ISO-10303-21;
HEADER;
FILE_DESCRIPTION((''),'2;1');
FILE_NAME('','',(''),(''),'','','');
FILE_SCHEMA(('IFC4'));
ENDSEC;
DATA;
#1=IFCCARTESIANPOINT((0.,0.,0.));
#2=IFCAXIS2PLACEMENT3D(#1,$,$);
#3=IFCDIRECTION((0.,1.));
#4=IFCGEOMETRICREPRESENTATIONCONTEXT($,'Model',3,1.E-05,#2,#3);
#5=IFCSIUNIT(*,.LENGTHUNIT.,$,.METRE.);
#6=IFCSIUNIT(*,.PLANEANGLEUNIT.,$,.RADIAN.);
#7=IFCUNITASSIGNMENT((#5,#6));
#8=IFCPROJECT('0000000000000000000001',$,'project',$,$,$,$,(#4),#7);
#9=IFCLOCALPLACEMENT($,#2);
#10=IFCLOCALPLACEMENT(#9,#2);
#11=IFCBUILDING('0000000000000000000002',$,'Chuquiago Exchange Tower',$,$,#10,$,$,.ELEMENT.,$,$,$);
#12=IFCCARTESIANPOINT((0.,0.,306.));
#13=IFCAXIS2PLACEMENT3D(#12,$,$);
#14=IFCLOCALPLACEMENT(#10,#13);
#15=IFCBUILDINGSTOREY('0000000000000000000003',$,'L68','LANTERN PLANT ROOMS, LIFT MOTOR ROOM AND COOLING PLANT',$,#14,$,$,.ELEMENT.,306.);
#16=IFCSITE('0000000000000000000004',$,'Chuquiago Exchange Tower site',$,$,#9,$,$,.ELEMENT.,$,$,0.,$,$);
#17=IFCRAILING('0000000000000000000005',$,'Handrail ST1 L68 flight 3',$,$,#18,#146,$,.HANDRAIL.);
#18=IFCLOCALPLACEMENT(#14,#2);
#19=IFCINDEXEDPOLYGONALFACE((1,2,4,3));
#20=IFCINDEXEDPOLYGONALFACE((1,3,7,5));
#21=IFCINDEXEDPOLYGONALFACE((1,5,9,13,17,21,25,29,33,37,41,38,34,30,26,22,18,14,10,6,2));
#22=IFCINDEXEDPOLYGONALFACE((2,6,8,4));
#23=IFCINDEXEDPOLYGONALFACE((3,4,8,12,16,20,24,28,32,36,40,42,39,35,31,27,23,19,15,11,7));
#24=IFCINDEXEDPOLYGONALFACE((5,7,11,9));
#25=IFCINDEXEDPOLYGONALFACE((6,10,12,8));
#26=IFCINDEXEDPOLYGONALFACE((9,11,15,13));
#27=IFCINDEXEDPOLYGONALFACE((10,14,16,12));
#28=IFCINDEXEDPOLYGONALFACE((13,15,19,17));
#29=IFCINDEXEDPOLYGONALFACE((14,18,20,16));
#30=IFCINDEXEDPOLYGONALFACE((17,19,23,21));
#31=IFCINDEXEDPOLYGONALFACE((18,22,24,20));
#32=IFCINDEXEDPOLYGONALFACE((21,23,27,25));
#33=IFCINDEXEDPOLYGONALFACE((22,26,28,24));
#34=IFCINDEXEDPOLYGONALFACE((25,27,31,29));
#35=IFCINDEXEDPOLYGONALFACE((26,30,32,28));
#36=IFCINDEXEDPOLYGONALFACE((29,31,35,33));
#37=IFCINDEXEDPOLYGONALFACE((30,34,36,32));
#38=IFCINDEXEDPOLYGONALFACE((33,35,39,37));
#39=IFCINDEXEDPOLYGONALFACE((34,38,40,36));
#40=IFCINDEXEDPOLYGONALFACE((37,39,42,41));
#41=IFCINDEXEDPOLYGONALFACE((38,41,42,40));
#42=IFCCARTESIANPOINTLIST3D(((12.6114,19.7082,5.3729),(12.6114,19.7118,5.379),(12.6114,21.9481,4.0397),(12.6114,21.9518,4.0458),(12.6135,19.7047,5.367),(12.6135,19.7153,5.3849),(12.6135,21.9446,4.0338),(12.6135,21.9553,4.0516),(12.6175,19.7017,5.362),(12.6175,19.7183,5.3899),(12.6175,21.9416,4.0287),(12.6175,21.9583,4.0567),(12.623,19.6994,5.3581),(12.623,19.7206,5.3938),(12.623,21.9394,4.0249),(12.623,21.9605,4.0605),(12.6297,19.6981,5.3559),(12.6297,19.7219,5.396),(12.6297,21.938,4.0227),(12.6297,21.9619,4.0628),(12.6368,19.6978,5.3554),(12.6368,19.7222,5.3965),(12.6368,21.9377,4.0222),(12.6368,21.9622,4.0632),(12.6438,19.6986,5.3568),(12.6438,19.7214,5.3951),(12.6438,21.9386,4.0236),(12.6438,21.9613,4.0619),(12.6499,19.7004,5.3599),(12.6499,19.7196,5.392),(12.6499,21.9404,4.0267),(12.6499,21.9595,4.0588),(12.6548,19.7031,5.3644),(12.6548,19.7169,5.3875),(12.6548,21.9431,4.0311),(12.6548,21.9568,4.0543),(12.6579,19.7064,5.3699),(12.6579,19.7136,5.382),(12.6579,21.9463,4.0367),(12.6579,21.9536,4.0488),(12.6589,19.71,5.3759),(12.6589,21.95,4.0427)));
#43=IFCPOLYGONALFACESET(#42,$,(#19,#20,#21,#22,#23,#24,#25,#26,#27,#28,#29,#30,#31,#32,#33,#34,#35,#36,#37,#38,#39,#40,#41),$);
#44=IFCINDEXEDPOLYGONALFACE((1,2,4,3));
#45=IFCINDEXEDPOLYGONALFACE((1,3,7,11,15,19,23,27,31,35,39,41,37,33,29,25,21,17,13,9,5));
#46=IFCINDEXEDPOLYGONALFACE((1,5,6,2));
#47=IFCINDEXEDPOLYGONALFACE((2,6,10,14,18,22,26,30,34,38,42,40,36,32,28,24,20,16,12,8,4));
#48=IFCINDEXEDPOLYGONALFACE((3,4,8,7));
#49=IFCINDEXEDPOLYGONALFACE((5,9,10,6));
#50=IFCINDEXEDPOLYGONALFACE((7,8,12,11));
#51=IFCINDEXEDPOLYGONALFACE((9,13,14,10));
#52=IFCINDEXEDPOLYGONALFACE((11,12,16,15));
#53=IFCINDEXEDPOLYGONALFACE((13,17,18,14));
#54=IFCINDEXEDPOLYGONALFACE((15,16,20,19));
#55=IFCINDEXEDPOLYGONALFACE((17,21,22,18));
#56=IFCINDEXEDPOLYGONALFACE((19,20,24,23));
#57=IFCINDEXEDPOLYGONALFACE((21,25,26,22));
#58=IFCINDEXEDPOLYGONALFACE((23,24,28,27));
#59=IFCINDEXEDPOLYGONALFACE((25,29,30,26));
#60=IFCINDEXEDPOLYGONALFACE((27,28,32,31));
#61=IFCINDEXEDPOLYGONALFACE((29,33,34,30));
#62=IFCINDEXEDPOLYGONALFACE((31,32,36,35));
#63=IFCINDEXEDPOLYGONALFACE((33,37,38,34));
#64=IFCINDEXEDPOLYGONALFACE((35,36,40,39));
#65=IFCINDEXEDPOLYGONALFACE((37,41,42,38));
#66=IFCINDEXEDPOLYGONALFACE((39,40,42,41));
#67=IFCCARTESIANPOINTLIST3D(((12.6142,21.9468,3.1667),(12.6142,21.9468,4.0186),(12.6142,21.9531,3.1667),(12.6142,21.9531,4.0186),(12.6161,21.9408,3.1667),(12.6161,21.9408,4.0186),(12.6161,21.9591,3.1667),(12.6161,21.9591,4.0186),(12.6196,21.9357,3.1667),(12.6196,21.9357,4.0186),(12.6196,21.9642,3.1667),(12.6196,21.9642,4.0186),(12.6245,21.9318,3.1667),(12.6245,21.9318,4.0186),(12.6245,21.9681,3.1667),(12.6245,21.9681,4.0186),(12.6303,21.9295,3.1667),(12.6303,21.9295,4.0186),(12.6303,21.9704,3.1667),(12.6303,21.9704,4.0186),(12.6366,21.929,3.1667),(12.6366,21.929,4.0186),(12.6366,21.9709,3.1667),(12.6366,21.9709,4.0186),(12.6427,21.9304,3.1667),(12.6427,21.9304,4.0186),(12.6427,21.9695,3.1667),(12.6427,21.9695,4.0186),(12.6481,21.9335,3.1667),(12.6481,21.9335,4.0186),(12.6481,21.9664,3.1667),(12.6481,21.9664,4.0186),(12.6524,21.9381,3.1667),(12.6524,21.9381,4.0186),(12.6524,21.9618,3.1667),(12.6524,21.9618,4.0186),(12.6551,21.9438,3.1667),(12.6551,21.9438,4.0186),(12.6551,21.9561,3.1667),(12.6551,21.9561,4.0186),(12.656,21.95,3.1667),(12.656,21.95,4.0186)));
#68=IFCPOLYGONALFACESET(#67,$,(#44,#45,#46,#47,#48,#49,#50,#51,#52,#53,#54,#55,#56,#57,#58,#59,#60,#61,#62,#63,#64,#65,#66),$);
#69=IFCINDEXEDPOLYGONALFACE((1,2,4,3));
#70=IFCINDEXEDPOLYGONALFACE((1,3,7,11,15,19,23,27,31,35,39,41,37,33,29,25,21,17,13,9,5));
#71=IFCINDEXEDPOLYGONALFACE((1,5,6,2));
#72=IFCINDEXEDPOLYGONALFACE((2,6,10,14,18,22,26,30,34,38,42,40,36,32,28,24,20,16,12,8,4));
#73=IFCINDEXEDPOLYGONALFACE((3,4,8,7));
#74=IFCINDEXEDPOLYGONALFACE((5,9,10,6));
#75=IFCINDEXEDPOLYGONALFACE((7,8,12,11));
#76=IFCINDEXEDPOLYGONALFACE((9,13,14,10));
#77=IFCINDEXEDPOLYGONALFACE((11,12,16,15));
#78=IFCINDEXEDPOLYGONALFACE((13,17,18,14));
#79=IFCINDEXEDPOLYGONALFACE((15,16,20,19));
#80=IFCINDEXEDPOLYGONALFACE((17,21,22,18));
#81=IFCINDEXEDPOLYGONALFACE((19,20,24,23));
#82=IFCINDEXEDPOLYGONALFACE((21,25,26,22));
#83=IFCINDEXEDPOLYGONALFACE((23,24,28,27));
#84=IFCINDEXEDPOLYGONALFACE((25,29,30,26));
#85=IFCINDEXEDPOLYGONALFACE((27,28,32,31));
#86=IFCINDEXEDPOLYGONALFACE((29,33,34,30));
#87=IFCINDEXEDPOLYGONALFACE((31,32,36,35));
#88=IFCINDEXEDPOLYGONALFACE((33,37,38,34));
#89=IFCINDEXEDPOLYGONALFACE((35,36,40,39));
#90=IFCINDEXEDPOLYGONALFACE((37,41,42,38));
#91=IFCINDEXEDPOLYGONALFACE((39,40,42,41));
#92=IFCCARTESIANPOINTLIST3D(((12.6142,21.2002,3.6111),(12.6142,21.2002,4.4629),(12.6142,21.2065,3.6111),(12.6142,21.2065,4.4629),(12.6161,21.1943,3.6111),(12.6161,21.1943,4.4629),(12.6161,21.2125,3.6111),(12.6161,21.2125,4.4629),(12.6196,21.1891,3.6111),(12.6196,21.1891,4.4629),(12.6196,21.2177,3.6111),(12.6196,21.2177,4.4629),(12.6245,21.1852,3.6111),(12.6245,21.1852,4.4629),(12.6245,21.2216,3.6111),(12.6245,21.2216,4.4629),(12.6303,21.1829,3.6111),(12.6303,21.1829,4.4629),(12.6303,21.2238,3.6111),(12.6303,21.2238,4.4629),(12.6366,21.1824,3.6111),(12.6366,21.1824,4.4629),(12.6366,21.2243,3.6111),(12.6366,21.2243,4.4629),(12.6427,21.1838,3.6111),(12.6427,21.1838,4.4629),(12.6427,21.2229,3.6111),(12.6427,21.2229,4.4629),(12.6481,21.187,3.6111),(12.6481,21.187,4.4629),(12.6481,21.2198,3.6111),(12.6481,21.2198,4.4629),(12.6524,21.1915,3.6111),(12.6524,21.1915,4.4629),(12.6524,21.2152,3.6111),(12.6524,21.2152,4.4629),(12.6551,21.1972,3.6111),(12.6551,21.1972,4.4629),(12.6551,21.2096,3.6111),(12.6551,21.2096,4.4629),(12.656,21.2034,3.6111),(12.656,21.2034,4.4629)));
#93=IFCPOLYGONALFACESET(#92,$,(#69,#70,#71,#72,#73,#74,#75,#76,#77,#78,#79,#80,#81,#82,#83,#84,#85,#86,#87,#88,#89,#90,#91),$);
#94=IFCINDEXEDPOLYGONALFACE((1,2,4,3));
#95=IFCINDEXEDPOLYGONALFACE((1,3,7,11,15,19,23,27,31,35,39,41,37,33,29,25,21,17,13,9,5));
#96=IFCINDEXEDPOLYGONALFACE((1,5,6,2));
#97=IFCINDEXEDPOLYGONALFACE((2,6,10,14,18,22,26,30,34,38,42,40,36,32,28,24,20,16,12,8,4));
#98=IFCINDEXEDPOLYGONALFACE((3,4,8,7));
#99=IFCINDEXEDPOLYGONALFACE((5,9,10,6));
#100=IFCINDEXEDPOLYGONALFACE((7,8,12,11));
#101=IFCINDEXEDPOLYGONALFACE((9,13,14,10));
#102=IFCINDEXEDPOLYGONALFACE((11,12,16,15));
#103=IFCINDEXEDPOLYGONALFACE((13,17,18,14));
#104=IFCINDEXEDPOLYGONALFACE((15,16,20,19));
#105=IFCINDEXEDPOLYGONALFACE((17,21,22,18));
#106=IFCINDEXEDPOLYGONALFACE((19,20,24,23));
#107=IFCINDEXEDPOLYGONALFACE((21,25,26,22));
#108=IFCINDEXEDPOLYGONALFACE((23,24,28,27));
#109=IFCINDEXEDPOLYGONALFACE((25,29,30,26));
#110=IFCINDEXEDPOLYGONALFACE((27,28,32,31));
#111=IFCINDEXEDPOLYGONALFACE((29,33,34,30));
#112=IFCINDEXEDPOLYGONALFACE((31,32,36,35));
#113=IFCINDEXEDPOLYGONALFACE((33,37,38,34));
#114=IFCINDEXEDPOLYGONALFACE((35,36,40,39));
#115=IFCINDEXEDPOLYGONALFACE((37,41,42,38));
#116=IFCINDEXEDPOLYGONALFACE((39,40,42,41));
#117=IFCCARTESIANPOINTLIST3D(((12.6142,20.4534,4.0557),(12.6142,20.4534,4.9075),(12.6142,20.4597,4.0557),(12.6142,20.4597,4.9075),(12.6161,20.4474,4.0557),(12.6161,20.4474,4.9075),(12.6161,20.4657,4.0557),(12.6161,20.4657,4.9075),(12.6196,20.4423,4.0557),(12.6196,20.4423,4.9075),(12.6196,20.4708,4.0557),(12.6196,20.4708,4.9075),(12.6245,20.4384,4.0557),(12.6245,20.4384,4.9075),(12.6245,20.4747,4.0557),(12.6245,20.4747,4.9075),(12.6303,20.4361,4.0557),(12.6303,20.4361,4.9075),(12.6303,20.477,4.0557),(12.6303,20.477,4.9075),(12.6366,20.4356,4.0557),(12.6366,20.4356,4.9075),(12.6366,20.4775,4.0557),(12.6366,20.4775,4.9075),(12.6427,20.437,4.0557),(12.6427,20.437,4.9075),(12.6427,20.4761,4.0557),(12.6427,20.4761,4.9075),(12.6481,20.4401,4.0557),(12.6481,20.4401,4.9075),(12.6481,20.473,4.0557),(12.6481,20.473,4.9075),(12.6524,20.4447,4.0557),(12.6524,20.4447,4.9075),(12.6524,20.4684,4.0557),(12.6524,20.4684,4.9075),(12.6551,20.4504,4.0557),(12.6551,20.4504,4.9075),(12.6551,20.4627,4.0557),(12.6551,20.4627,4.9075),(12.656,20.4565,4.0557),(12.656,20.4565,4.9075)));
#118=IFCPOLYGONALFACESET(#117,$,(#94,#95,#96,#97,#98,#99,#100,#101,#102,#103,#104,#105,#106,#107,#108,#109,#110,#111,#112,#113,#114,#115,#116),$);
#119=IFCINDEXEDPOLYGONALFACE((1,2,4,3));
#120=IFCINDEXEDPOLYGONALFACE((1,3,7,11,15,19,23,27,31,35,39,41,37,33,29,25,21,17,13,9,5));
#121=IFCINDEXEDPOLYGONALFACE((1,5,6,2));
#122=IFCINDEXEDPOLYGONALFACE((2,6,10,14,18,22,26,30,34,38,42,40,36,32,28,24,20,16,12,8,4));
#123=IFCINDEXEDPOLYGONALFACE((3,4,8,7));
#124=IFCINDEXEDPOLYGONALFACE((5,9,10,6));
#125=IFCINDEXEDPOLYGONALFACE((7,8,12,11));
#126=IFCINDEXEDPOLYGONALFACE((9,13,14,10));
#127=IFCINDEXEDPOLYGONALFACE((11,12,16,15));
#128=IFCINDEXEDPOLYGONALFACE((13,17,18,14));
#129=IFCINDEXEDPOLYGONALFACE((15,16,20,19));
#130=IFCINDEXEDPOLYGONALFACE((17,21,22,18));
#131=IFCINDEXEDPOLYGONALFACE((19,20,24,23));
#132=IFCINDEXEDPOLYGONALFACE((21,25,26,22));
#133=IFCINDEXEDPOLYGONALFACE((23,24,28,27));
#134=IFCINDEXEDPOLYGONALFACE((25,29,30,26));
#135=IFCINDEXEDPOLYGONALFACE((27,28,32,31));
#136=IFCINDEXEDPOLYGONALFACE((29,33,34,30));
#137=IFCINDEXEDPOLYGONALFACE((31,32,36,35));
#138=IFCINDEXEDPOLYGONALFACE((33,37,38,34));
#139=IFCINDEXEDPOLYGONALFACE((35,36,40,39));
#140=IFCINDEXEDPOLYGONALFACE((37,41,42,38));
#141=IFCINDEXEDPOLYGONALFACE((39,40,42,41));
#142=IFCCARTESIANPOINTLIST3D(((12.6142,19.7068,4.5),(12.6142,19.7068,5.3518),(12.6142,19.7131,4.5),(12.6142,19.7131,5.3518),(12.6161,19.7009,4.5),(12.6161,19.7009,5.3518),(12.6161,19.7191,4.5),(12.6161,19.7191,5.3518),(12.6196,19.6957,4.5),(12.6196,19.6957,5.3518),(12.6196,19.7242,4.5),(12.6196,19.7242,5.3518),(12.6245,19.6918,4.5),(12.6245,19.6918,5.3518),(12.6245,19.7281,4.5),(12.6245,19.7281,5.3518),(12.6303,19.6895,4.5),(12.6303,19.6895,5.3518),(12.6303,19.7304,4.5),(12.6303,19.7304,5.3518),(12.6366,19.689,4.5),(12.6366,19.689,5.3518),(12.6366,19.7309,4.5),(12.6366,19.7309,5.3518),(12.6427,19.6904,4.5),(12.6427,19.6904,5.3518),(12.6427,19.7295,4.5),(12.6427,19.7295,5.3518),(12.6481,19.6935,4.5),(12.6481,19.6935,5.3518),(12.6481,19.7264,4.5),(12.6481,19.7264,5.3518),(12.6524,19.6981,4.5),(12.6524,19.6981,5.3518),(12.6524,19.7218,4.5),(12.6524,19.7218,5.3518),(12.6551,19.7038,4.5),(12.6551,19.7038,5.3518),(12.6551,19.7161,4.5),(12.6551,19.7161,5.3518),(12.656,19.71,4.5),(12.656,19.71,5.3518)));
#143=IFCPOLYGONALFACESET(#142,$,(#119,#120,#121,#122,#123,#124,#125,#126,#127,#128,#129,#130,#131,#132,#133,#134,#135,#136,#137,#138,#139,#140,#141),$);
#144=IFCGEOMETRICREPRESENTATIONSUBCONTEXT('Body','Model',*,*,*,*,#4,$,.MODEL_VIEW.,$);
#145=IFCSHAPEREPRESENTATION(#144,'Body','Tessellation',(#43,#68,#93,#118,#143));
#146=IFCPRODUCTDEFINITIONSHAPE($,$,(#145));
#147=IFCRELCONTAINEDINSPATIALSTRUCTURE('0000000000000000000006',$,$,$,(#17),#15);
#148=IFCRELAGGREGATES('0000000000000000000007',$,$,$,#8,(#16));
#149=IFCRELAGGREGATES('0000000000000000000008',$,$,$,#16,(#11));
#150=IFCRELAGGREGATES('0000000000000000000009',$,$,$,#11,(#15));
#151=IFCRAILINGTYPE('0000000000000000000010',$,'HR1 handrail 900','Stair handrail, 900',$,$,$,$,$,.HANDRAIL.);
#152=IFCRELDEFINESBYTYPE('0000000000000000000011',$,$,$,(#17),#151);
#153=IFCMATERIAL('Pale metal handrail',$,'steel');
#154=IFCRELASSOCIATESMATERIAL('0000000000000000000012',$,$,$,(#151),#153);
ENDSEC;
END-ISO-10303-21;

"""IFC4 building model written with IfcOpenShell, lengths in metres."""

from ifc_helpers import new_model, si_unit, direction, frame, origin, origin_2d, place, context, subcontext, project, spatial, circle, extrude, material, type_object, element, save


model = new_model("IFC4")

# Units and contexts
model_context = context("Model", 3, precision=1e-05, world=origin(), true_north=direction((0.0, 1.0)))
body_context = subcontext(model_context, "Body", "Model", "MODEL_VIEW")
ifc_project = project(units=[si_unit("LENGTHUNIT", "METRE"), si_unit("PLANEANGLEUNIT", "RADIAN")], contexts=[model_context])

# Site, building, storey
site_placement = place(None, origin())
site = spatial("IfcSite", under=ifc_project, at=site_placement, Name="Chuquiago Exchange Tower site", CompositionType="ELEMENT", RefElevation=0.0)
building_placement = place(site_placement, origin())
building = spatial("IfcBuilding", under=site, at=building_placement, Name="Chuquiago Exchange Tower", CompositionType="ELEMENT")
storey_placement = place(building_placement, frame((0.0, 0.0, 306.0)))
storey = spatial("IfcBuildingStorey", under=building, at=storey_placement, Name="L68", Description="LANTERN PLANT ROOMS, LIFT MOTOR ROOM AND COOLING PLANT", CompositionType="ELEMENT", Elevation=306.0)

# Railing
ifc_material_1 = material(Name="Pale metal handrail", Category="steel")
railing_type = type_object("IfcRailingType", Name="HR1 handrail 900", Description="Stair handrail, 900", PredefinedType="HANDRAIL", material=ifc_material_1)
for number, where, name in (
    (1, (12.635, 21.95, 3.1667), "Handrail ST1 L68 flight 3"),
):
    element("IfcRailing", number, at=place(storey_placement, frame(where)), inside=storey, type_object=railing_type, Name=name, PredefinedType="HANDRAIL", context=body_context, shape_type="SweptSolid", body=[
        extrude(circle(Radius=0.0239, at=origin_2d()), frame((0.0, 0.0, 0.876), z_axis=(0.0, -0.859306, 0.511462), x_axis=(1.0, 0.0, 0.0)), (0.0, 0.0, 1.0), 2.6067),
        extrude(circle(Radius=0.021, at=origin_2d()), origin(), (0.0, 0.0, 1.0), 0.8518),
        extrude(circle(Radius=0.021, at=origin_2d()), frame((0.0, -0.7466, 0.4443)), (0.0, 0.0, 1.0), 0.8518),
        extrude(circle(Radius=0.021, at=origin_2d()), frame((0.0, -1.4934, 0.8889)), (0.0, 0.0, 1.0), 0.8518),
        extrude(circle(Radius=0.021, at=origin_2d()), frame((0.0, -2.24, 1.3333)), (0.0, 0.0, 1.0), 0.8518),
    ])

save(model, "model.ifc")
